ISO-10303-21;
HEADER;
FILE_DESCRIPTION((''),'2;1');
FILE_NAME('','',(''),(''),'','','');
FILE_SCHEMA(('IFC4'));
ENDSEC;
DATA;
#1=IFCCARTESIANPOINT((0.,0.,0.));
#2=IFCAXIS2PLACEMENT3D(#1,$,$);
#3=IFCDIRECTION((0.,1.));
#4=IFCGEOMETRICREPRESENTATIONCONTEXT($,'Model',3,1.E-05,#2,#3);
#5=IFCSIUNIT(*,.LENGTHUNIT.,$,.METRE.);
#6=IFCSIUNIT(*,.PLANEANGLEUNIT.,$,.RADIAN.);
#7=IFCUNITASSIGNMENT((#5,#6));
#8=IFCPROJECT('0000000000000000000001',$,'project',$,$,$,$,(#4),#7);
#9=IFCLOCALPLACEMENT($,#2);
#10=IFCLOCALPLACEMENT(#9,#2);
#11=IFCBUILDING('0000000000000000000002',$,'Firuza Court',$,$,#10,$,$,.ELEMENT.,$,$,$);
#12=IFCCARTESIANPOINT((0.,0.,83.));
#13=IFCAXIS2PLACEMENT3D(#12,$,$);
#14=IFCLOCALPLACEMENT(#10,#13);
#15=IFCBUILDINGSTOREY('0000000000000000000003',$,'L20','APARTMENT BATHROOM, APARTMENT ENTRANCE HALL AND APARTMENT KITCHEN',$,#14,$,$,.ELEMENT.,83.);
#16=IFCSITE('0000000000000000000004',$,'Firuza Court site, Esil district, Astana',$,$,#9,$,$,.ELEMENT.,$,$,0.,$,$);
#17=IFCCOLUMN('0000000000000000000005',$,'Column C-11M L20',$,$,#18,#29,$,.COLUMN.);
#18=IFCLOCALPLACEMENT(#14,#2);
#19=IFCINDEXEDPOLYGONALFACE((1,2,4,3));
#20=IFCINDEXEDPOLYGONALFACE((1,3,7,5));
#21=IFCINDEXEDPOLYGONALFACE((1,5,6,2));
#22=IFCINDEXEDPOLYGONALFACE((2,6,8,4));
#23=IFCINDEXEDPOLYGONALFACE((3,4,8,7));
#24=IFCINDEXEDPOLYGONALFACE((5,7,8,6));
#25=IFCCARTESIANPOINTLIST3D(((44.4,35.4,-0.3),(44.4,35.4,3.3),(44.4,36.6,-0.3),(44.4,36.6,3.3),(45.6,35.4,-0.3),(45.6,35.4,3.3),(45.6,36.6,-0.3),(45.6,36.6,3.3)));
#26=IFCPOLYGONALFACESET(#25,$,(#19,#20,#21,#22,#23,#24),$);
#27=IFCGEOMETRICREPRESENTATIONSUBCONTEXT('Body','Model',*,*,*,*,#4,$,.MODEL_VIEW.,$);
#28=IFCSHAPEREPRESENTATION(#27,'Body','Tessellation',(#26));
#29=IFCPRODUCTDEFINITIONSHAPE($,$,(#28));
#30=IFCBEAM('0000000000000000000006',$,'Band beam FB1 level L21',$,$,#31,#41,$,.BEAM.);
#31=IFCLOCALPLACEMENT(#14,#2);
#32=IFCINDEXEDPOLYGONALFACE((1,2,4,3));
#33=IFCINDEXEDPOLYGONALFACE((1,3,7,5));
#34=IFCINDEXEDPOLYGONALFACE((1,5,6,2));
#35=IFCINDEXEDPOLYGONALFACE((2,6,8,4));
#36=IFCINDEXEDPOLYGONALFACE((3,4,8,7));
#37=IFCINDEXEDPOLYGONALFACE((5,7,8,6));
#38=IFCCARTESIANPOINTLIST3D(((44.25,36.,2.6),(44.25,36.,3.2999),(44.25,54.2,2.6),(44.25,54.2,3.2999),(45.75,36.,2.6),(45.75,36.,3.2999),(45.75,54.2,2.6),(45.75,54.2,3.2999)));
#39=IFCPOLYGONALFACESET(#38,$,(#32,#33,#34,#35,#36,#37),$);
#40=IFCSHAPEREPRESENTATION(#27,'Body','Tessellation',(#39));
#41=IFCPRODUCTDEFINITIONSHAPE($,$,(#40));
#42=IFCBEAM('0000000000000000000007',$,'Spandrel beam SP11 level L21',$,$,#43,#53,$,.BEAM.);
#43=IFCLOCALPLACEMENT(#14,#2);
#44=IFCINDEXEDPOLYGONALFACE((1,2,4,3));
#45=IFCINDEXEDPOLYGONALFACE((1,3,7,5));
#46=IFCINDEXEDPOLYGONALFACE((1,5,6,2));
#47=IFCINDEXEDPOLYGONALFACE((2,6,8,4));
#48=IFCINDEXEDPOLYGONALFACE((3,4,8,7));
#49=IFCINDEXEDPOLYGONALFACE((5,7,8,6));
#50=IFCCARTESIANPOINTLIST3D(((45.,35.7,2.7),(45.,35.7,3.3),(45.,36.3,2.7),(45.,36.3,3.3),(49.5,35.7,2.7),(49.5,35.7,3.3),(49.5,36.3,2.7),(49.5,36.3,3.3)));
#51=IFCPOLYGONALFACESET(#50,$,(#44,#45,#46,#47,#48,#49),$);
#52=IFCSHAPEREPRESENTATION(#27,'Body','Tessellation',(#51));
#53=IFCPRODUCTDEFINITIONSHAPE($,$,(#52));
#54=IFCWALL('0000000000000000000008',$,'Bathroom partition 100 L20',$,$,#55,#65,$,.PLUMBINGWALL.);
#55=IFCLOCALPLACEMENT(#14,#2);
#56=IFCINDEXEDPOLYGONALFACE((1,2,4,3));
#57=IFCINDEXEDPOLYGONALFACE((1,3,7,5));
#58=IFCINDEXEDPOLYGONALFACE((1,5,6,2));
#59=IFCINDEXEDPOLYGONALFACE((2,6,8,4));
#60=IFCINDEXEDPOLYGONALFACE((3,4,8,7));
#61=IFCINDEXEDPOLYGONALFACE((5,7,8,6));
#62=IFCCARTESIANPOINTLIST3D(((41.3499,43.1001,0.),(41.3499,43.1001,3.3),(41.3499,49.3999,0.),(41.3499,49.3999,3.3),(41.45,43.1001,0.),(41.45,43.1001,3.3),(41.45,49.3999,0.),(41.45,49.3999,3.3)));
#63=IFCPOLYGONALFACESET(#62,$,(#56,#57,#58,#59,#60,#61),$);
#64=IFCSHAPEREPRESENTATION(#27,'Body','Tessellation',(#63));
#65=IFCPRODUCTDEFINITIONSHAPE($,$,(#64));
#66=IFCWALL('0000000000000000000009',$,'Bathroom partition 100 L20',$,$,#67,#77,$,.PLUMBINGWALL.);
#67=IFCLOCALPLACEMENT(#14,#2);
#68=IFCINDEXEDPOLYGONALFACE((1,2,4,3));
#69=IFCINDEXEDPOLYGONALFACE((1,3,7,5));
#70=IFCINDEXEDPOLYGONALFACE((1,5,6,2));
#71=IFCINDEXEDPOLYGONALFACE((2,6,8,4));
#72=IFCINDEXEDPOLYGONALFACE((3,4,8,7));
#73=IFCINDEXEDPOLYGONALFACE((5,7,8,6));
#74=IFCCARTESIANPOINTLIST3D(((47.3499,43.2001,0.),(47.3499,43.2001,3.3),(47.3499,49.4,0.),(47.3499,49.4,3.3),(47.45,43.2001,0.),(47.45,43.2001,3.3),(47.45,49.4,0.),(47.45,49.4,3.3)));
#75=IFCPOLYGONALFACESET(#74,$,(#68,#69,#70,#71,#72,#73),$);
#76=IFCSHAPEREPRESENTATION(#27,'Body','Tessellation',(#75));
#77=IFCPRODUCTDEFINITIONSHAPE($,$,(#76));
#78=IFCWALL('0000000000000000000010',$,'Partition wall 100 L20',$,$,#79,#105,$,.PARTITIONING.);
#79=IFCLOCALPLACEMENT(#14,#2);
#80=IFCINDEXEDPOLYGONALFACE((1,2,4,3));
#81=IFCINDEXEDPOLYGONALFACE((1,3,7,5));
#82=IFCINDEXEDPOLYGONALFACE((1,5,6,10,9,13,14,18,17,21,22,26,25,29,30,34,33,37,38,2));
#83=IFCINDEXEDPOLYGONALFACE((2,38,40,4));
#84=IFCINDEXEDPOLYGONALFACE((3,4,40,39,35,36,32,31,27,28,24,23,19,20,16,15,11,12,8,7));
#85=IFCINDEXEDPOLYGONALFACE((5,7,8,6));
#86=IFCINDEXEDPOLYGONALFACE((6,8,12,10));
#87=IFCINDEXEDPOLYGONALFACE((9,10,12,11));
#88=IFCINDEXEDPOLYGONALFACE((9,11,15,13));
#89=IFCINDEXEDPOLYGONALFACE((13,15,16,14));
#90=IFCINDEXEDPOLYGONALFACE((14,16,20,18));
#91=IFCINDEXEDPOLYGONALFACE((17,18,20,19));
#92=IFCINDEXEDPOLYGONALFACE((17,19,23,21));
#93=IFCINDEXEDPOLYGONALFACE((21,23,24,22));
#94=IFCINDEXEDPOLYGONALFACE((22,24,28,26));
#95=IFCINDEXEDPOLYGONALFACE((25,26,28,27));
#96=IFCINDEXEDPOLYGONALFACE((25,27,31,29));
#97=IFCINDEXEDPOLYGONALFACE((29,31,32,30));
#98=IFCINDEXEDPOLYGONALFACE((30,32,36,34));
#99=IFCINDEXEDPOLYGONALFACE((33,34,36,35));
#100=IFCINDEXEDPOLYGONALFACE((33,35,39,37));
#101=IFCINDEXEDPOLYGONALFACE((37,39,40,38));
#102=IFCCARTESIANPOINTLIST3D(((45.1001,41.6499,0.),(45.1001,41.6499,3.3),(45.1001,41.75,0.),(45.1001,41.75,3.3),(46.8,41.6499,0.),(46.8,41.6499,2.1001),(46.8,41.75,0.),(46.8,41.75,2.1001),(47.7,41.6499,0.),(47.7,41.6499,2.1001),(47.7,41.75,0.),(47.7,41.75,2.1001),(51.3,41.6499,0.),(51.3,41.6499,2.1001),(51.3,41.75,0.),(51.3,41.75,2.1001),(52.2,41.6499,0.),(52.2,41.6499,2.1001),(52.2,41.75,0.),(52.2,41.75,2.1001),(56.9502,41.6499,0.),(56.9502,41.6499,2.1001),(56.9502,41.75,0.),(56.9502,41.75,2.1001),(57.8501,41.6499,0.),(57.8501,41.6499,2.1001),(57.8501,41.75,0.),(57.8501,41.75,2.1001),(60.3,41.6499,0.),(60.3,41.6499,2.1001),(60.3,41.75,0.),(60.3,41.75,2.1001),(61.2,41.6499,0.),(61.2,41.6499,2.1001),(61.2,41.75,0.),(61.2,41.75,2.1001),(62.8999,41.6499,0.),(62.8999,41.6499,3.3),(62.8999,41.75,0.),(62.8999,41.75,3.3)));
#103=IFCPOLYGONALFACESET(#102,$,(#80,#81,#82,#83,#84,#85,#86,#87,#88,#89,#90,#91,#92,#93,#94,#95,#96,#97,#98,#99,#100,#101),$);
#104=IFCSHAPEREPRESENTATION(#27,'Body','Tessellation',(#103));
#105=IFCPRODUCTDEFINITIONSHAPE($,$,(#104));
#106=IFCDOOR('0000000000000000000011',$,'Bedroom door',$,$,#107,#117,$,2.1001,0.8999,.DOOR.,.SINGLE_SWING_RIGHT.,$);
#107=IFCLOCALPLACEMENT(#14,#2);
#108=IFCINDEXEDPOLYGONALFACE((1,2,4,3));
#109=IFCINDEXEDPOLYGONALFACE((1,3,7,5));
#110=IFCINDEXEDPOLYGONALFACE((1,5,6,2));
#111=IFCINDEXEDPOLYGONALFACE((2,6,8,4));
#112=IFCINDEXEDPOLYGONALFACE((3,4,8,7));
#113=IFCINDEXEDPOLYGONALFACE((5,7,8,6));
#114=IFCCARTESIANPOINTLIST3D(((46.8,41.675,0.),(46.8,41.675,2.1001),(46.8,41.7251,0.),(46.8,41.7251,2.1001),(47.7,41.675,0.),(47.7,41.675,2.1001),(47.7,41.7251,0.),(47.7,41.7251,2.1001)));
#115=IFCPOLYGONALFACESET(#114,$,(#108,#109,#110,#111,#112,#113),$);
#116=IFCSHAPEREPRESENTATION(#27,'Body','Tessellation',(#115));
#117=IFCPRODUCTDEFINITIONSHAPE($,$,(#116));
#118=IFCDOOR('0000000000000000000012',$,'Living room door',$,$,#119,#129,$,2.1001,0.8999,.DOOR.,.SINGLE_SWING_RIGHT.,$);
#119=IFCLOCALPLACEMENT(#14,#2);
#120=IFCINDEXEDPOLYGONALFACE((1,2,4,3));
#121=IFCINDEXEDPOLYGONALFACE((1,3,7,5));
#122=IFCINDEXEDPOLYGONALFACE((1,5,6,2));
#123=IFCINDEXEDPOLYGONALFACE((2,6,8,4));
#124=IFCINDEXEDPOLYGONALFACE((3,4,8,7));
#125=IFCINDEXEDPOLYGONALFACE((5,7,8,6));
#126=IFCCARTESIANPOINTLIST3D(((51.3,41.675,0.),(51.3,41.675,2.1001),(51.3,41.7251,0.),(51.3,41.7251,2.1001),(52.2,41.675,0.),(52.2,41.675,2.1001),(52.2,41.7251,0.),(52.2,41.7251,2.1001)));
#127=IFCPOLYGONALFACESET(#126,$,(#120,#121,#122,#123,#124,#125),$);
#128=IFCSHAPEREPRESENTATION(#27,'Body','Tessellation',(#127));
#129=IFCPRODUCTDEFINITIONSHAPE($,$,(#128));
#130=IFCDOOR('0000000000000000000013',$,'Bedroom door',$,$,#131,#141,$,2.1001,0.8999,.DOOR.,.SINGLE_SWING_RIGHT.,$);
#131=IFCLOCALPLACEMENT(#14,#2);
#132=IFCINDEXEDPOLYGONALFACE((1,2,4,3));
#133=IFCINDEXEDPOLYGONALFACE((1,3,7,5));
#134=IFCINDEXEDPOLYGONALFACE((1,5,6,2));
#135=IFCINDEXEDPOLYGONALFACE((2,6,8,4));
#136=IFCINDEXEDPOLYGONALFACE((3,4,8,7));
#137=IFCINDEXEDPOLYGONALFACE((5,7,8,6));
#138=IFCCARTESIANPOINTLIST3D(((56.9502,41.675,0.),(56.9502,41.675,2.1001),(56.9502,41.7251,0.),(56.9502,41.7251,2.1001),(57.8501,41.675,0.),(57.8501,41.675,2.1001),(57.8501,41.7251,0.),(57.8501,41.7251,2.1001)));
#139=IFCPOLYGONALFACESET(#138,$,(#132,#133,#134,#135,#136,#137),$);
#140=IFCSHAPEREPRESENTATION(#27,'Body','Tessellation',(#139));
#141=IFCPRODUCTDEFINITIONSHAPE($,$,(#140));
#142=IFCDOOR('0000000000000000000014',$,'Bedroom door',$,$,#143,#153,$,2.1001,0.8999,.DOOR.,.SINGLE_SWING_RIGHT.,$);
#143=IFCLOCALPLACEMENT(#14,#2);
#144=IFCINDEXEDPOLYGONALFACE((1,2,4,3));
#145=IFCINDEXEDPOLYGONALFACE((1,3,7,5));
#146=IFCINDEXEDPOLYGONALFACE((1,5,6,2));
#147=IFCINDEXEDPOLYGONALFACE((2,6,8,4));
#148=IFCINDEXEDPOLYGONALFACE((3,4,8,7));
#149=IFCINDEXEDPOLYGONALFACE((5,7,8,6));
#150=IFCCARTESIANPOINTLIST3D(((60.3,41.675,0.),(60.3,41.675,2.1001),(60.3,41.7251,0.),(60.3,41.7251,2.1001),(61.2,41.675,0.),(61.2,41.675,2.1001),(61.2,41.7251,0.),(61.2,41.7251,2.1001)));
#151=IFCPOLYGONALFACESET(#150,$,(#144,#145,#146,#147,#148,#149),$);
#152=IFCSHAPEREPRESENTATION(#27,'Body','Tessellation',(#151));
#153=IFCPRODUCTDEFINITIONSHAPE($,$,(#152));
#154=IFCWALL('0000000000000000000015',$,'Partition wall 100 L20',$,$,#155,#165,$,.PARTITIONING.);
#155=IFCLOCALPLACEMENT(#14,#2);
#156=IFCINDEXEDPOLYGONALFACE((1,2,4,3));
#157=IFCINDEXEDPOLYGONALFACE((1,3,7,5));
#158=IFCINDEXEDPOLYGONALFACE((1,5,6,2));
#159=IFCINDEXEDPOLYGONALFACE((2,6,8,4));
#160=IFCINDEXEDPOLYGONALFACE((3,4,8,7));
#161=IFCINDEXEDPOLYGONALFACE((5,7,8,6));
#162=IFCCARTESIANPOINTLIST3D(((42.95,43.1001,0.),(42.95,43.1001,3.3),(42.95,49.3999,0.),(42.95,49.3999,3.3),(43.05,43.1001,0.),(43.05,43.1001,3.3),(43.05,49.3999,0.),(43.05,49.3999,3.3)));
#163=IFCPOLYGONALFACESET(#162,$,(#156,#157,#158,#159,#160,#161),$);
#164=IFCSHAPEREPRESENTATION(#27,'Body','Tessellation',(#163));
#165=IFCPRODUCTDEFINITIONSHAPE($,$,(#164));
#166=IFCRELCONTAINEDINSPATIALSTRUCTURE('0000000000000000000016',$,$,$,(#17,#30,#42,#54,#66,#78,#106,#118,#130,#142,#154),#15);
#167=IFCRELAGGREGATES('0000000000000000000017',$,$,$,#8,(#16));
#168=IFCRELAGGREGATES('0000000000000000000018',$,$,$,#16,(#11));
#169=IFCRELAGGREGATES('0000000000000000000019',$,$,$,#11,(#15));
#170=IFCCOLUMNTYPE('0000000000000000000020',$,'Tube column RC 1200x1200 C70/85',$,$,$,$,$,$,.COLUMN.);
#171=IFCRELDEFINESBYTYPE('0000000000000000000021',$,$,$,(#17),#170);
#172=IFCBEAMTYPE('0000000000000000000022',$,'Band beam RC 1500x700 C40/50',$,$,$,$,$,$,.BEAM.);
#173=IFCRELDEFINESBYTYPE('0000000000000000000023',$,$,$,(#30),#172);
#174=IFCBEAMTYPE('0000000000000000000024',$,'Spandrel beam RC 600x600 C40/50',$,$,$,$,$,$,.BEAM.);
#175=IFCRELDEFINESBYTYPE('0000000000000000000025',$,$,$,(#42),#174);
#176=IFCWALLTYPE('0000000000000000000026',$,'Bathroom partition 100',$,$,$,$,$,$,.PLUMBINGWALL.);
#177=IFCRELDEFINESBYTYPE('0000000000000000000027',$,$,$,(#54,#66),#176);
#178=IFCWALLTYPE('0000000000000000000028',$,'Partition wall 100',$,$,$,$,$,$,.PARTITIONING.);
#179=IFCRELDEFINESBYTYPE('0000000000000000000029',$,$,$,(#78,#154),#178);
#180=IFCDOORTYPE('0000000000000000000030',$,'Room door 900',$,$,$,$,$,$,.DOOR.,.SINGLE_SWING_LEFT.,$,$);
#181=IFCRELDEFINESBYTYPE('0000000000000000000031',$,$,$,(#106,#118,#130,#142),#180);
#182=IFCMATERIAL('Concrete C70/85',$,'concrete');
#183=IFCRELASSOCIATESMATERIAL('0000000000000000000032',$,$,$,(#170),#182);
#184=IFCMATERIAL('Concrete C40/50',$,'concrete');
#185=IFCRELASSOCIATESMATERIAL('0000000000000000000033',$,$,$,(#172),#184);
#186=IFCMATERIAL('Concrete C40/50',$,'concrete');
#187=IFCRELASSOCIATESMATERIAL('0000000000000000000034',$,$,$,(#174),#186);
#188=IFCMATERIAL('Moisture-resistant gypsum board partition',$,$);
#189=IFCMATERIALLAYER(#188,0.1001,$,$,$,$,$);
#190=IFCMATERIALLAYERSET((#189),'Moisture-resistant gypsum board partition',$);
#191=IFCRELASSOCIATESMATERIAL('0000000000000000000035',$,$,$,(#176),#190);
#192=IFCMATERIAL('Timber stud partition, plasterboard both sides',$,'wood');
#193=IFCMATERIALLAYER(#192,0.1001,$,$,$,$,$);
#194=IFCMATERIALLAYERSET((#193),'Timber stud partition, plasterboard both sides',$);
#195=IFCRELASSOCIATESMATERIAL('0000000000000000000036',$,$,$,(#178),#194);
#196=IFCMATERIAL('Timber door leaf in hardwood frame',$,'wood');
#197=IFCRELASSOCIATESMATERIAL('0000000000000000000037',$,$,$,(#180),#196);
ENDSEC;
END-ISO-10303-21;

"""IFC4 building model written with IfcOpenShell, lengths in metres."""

from ifc_helpers import new_model, si_unit, direction, frame, frame_2d, origin, origin_2d, place, context, subcontext, project, spatial, rectangle, extrude, material, layer, layer_set, material_profile, profile_set, type_object, element, fill, save


model = new_model("IFC4")

# Units and contexts
model_context = context("Model", 3, precision=1e-05, world=origin(), true_north=direction((0.0, 1.0)))
body_context = subcontext(model_context, "Body", "Model", "MODEL_VIEW")
ifc_project = project(units=[si_unit("LENGTHUNIT", "METRE"), si_unit("PLANEANGLEUNIT", "RADIAN")], contexts=[model_context])

# Site, building, storey
site_placement = place(None, origin())
site = spatial("IfcSite", under=ifc_project, at=site_placement, Name="Firuza Court site, Esil district, Astana", CompositionType="ELEMENT", RefElevation=0.0)
building_placement = place(site_placement, origin())
building = spatial("IfcBuilding", under=site, at=building_placement, Name="Firuza Court", CompositionType="ELEMENT")
storey_placement = place(building_placement, frame((0.0, 0.0, 83.0)))
storey = spatial("IfcBuildingStorey", under=building, at=storey_placement, Name="L20", Description="APARTMENT BATHROOM, APARTMENT ENTRANCE HALL AND APARTMENT KITCHEN", CompositionType="ELEMENT", Elevation=83.0)

# Column
ifc_material_1 = material(Name="Concrete C70/85", Category="concrete")
ifc_material_profile_1 = material_profile(ifc_material_1, rectangle(XDim=1.2, YDim=1.2, at=origin_2d()), Name="RC 1200x1200")
ifc_profile_set_1 = profile_set([ifc_material_profile_1], Name="Concrete C70/85")
column_type = type_object("IfcColumnType", Name="Tube column RC 1200x1200 C70/85", PredefinedType="COLUMN", material=ifc_profile_set_1)
column_placement = place(storey_placement, frame((45.0, 36.0, -0.3), z_axis=(0.0, 0.0, 1.0), x_axis=(1.0, 0.0, 0.0)))
element("IfcColumn", 1, at=column_placement, inside=storey, type_object=column_type, Name="Column C-11M L20", PredefinedType="COLUMN", context=body_context, shape_type="SweptSolid", body=[
    extrude(rectangle(XDim=1.2, YDim=1.2, at=origin_2d()), origin(), (0.0, 0.0, 1.0), 3.6001),
])

# Beams
ifc_material_2 = material(Name="Concrete C40/50", Category="concrete")
ifc_material_profile_2 = material_profile(ifc_material_2, rectangle(XDim=1.5, YDim=0.7, at=origin_2d()), Name="RC 1500x700")
ifc_profile_set_2 = profile_set([ifc_material_profile_2], Name="Concrete C40/50")
beam_type_1 = type_object("IfcBeamType", Name="Band beam RC 1500x700 C40/50", PredefinedType="BEAM", material=ifc_profile_set_2)
beam_1_placement = place(storey_placement, frame((45.0, 36.0, 2.95), z_axis=(0.0, 1.0, 0.0), x_axis=(-1.0, 0.0, 0.0)))
element("IfcBeam", 2, at=beam_1_placement, inside=storey, type_object=beam_type_1, Name="Band beam FB1 level L21", PredefinedType="BEAM", context=body_context, shape_type="SweptSolid", body=[
    extrude(rectangle(XDim=1.5, YDim=0.7, at=origin_2d()), origin(), (0.0, 0.0, 1.0), 18.2),
])
ifc_material_3 = material(Name="Concrete C40/50", Category="concrete")
ifc_material_profile_3 = material_profile(ifc_material_3, rectangle(XDim=0.6001, YDim=0.6001, at=origin_2d()), Name="RC 600x600")
ifc_profile_set_3 = profile_set([ifc_material_profile_3], Name="Concrete C40/50")
beam_type_2 = type_object("IfcBeamType", Name="Spandrel beam RC 600x600 C40/50", PredefinedType="BEAM", material=ifc_profile_set_3)
beam_2_placement = place(storey_placement, frame((45.0, 36.0, 3.0), z_axis=(1.0, 0.0, 0.0), x_axis=(0.0, 1.0, 0.0)))
element("IfcBeam", 3, at=beam_2_placement, inside=storey, type_object=beam_type_2, Name="Spandrel beam SP11 level L21", PredefinedType="BEAM", context=body_context, shape_type="SweptSolid", body=[
    extrude(rectangle(XDim=0.6001, YDim=0.6001, at=origin_2d()), origin(), (0.0, 0.0, 1.0), 4.5),
])

# Walls
ifc_material_4 = material(Name="Moisture-resistant gypsum board partition")
ifc_layer_1 = layer(ifc_material_4, 0.1001)
ifc_layer_set_1 = layer_set([ifc_layer_1], Name="Moisture-resistant gypsum board partition")
wall_type_1 = type_object("IfcWallType", Name="Bathroom partition 100", PredefinedType="PLUMBINGWALL", material=ifc_layer_set_1)
wall_1_placement = place(storey_placement, frame((41.3999, 43.1001, 0.0), z_axis=(0.0, 0.0, 1.0), x_axis=(0.0, 1.0, 0.0)))
element("IfcWall", 4, at=wall_1_placement, inside=storey, type_object=wall_type_1, Name="Bathroom partition 100 L20", PredefinedType="PLUMBINGWALL", context=body_context, shape_type="SweptSolid", body=[
    extrude(rectangle(XDim=6.2998, YDim=0.1001, at=frame_2d((3.1499, 0.0))), origin(), (0.0, 0.0, 1.0), 3.3),
])
wall_2_placement = place(storey_placement, frame((47.3999, 43.2, 0.0), z_axis=(0.0, 0.0, 1.0), x_axis=(0.0, 1.0, 0.0)))
element("IfcWall", 5, at=wall_2_placement, inside=storey, type_object=wall_type_1, Name="Bathroom partition 100 L20", PredefinedType="PLUMBINGWALL", context=body_context, shape_type="SweptSolid", body=[
    extrude(rectangle(XDim=6.2, YDim=0.1001, at=frame_2d((3.1001, 0.0))), origin(), (0.0, 0.0, 1.0), 3.3),
])

# Wall, openings, doors
ifc_material_5 = material(Name="Timber stud partition, plasterboard both sides", Category="wood")
ifc_layer_2 = layer(ifc_material_5, 0.1001)
ifc_layer_set_2 = layer_set([ifc_layer_2], Name="Timber stud partition, plasterboard both sides")
wall_type_2 = type_object("IfcWallType", Name="Partition wall 100", PredefinedType="PARTITIONING", material=ifc_layer_set_2)
wall_3_placement = place(storey_placement, frame((45.1001, 41.7, 0.0), z_axis=(0.0, 0.0, 1.0), x_axis=(1.0, 0.0, 0.0)))
wall_3 = element("IfcWall", 6, at=wall_3_placement, inside=storey, type_object=wall_type_2, Name="Partition wall 100 L20", PredefinedType="PARTITIONING", context=body_context, shape_type="SweptSolid", body=[
    extrude(rectangle(XDim=17.7998, YDim=0.1001, at=frame_2d((8.8999, 0.0))), origin(), (0.0, 0.0, 1.0), 3.3),
])
opening_1_placement = place(wall_3_placement, frame((1.7, 0.0, 0.0)))
opening_1 = element("IfcOpeningElement", 7, at=opening_1_placement, cuts=wall_3, PredefinedType="OPENING", context=body_context, shape_type="SweptSolid", body=[
    extrude(rectangle(XDim=0.8999, YDim=2.1001, at=frame_2d((0.45, 1.05))), frame((0.0, 0.062, 0.0), z_axis=(0.0, -1.0, 0.0), x_axis=(1.0, 0.0, 0.0)), (0.0, 0.0, 1.0), 0.124),
])
opening_2_placement = place(wall_3_placement, frame((6.2, 0.0, 0.0)))
opening_2 = element("IfcOpeningElement", 8, at=opening_2_placement, cuts=wall_3, PredefinedType="OPENING", context=body_context, shape_type="SweptSolid", body=[
    extrude(rectangle(XDim=0.8999, YDim=2.1001, at=frame_2d((0.45, 1.05))), frame((0.0, 0.062, 0.0), z_axis=(0.0, -1.0, 0.0), x_axis=(1.0, 0.0, 0.0)), (0.0, 0.0, 1.0), 0.124),
])
opening_3_placement = place(wall_3_placement, frame((11.8501, 0.0, 0.0)))
opening_3 = element("IfcOpeningElement", 9, at=opening_3_placement, cuts=wall_3, PredefinedType="OPENING", context=body_context, shape_type="SweptSolid", body=[
    extrude(rectangle(XDim=0.8999, YDim=2.1001, at=frame_2d((0.45, 1.05))), frame((0.0, 0.062, 0.0), z_axis=(0.0, -1.0, 0.0), x_axis=(1.0, 0.0, 0.0)), (0.0, 0.0, 1.0), 0.124),
])
opening_4_placement = place(wall_3_placement, frame((15.2, 0.0, 0.0)))
opening_4 = element("IfcOpeningElement", 10, at=opening_4_placement, cuts=wall_3, PredefinedType="OPENING", context=body_context, shape_type="SweptSolid", body=[
    extrude(rectangle(XDim=0.8999, YDim=2.1001, at=frame_2d((0.45, 1.05))), frame((0.0, 0.062, 0.0), z_axis=(0.0, -1.0, 0.0), x_axis=(1.0, 0.0, 0.0)), (0.0, 0.0, 1.0), 0.124),
])
ifc_material_6 = material(Name="Timber door leaf in hardwood frame", Category="wood")
door_type_1 = type_object("IfcDoorType", Name="Room door 900", OperationType="SINGLE_SWING_LEFT", PredefinedType="DOOR", material=ifc_material_6)
door_1_placement = place(opening_1_placement, frame((0.8999, 0.0, 0.0), z_axis=(0.0, 0.0, 1.0), x_axis=(-1.0, 0.0, 0.0)))
door_1 = element("IfcDoor", 11, at=door_1_placement, inside=storey, type_object=door_type_1, Name="Bedroom door", OperationType="SINGLE_SWING_RIGHT", OverallHeight=2.1001, OverallWidth=0.8999, PredefinedType="DOOR", context=body_context, shape_type="SweptSolid", body=[
    extrude(rectangle(XDim=0.8999, YDim=2.1001, at=frame_2d((0.45, 1.05))), frame((0.0, 0.0249, 0.0), z_axis=(0.0, -1.0, 0.0), x_axis=(1.0, 0.0, 0.0)), (0.0, 0.0, 1.0), 0.05),
])
fill(opening_1, door_1)
door_2_placement = place(opening_2_placement, frame((0.8999, 0.0, 0.0), z_axis=(0.0, 0.0, 1.0), x_axis=(-1.0, 0.0, 0.0)))
door_2 = element("IfcDoor", 12, at=door_2_placement, inside=storey, type_object=door_type_1, Name="Living room door", OperationType="SINGLE_SWING_RIGHT", OverallHeight=2.1001, OverallWidth=0.8999, PredefinedType="DOOR", context=body_context, shape_type="SweptSolid", body=[
    extrude(rectangle(XDim=0.8999, YDim=2.1001, at=frame_2d((0.45, 1.05))), frame((0.0, 0.0249, 0.0), z_axis=(0.0, -1.0, 0.0), x_axis=(1.0, 0.0, 0.0)), (0.0, 0.0, 1.0), 0.05),
])
fill(opening_2, door_2)
door_3_placement = place(opening_3_placement, frame((0.8999, 0.0, 0.0), z_axis=(0.0, 0.0, 1.0), x_axis=(-1.0, 0.0, 0.0)))
door_3 = element("IfcDoor", 13, at=door_3_placement, inside=storey, type_object=door_type_1, Name="Bedroom door", OperationType="SINGLE_SWING_RIGHT", OverallHeight=2.1001, OverallWidth=0.8999, PredefinedType="DOOR", context=body_context, shape_type="SweptSolid", body=[
    extrude(rectangle(XDim=0.8999, YDim=2.1001, at=frame_2d((0.45, 1.05))), frame((0.0, 0.0249, 0.0), z_axis=(0.0, -1.0, 0.0), x_axis=(1.0, 0.0, 0.0)), (0.0, 0.0, 1.0), 0.05),
])
fill(opening_3, door_3)
door_4_placement = place(opening_4_placement, frame((0.8999, 0.0, 0.0), z_axis=(0.0, 0.0, 1.0), x_axis=(-1.0, 0.0, 0.0)))
door_4 = element("IfcDoor", 14, at=door_4_placement, inside=storey, type_object=door_type_1, Name="Bedroom door", OperationType="SINGLE_SWING_RIGHT", OverallHeight=2.1001, OverallWidth=0.8999, PredefinedType="DOOR", context=body_context, shape_type="SweptSolid", body=[
    extrude(rectangle(XDim=0.8999, YDim=2.1001, at=frame_2d((0.45, 1.05))), frame((0.0, 0.0249, 0.0), z_axis=(0.0, -1.0, 0.0), x_axis=(1.0, 0.0, 0.0)), (0.0, 0.0, 1.0), 0.05),
])
fill(opening_4, door_4)

# Wall
wall_4_placement = place(storey_placement, frame((43.0, 43.1001, 0.0), z_axis=(0.0, 0.0, 1.0), x_axis=(0.0, 1.0, 0.0)))
element("IfcWall", 15, at=wall_4_placement, inside=storey, type_object=wall_type_2, Name="Partition wall 100 L20", PredefinedType="PARTITIONING", context=body_context, shape_type="SweptSolid", body=[
    extrude(rectangle(XDim=6.2998, YDim=0.1001, at=frame_2d((3.1499, 0.0))), origin(), (0.0, 0.0, 1.0), 3.3),
])

save(model, "model.ifc")
